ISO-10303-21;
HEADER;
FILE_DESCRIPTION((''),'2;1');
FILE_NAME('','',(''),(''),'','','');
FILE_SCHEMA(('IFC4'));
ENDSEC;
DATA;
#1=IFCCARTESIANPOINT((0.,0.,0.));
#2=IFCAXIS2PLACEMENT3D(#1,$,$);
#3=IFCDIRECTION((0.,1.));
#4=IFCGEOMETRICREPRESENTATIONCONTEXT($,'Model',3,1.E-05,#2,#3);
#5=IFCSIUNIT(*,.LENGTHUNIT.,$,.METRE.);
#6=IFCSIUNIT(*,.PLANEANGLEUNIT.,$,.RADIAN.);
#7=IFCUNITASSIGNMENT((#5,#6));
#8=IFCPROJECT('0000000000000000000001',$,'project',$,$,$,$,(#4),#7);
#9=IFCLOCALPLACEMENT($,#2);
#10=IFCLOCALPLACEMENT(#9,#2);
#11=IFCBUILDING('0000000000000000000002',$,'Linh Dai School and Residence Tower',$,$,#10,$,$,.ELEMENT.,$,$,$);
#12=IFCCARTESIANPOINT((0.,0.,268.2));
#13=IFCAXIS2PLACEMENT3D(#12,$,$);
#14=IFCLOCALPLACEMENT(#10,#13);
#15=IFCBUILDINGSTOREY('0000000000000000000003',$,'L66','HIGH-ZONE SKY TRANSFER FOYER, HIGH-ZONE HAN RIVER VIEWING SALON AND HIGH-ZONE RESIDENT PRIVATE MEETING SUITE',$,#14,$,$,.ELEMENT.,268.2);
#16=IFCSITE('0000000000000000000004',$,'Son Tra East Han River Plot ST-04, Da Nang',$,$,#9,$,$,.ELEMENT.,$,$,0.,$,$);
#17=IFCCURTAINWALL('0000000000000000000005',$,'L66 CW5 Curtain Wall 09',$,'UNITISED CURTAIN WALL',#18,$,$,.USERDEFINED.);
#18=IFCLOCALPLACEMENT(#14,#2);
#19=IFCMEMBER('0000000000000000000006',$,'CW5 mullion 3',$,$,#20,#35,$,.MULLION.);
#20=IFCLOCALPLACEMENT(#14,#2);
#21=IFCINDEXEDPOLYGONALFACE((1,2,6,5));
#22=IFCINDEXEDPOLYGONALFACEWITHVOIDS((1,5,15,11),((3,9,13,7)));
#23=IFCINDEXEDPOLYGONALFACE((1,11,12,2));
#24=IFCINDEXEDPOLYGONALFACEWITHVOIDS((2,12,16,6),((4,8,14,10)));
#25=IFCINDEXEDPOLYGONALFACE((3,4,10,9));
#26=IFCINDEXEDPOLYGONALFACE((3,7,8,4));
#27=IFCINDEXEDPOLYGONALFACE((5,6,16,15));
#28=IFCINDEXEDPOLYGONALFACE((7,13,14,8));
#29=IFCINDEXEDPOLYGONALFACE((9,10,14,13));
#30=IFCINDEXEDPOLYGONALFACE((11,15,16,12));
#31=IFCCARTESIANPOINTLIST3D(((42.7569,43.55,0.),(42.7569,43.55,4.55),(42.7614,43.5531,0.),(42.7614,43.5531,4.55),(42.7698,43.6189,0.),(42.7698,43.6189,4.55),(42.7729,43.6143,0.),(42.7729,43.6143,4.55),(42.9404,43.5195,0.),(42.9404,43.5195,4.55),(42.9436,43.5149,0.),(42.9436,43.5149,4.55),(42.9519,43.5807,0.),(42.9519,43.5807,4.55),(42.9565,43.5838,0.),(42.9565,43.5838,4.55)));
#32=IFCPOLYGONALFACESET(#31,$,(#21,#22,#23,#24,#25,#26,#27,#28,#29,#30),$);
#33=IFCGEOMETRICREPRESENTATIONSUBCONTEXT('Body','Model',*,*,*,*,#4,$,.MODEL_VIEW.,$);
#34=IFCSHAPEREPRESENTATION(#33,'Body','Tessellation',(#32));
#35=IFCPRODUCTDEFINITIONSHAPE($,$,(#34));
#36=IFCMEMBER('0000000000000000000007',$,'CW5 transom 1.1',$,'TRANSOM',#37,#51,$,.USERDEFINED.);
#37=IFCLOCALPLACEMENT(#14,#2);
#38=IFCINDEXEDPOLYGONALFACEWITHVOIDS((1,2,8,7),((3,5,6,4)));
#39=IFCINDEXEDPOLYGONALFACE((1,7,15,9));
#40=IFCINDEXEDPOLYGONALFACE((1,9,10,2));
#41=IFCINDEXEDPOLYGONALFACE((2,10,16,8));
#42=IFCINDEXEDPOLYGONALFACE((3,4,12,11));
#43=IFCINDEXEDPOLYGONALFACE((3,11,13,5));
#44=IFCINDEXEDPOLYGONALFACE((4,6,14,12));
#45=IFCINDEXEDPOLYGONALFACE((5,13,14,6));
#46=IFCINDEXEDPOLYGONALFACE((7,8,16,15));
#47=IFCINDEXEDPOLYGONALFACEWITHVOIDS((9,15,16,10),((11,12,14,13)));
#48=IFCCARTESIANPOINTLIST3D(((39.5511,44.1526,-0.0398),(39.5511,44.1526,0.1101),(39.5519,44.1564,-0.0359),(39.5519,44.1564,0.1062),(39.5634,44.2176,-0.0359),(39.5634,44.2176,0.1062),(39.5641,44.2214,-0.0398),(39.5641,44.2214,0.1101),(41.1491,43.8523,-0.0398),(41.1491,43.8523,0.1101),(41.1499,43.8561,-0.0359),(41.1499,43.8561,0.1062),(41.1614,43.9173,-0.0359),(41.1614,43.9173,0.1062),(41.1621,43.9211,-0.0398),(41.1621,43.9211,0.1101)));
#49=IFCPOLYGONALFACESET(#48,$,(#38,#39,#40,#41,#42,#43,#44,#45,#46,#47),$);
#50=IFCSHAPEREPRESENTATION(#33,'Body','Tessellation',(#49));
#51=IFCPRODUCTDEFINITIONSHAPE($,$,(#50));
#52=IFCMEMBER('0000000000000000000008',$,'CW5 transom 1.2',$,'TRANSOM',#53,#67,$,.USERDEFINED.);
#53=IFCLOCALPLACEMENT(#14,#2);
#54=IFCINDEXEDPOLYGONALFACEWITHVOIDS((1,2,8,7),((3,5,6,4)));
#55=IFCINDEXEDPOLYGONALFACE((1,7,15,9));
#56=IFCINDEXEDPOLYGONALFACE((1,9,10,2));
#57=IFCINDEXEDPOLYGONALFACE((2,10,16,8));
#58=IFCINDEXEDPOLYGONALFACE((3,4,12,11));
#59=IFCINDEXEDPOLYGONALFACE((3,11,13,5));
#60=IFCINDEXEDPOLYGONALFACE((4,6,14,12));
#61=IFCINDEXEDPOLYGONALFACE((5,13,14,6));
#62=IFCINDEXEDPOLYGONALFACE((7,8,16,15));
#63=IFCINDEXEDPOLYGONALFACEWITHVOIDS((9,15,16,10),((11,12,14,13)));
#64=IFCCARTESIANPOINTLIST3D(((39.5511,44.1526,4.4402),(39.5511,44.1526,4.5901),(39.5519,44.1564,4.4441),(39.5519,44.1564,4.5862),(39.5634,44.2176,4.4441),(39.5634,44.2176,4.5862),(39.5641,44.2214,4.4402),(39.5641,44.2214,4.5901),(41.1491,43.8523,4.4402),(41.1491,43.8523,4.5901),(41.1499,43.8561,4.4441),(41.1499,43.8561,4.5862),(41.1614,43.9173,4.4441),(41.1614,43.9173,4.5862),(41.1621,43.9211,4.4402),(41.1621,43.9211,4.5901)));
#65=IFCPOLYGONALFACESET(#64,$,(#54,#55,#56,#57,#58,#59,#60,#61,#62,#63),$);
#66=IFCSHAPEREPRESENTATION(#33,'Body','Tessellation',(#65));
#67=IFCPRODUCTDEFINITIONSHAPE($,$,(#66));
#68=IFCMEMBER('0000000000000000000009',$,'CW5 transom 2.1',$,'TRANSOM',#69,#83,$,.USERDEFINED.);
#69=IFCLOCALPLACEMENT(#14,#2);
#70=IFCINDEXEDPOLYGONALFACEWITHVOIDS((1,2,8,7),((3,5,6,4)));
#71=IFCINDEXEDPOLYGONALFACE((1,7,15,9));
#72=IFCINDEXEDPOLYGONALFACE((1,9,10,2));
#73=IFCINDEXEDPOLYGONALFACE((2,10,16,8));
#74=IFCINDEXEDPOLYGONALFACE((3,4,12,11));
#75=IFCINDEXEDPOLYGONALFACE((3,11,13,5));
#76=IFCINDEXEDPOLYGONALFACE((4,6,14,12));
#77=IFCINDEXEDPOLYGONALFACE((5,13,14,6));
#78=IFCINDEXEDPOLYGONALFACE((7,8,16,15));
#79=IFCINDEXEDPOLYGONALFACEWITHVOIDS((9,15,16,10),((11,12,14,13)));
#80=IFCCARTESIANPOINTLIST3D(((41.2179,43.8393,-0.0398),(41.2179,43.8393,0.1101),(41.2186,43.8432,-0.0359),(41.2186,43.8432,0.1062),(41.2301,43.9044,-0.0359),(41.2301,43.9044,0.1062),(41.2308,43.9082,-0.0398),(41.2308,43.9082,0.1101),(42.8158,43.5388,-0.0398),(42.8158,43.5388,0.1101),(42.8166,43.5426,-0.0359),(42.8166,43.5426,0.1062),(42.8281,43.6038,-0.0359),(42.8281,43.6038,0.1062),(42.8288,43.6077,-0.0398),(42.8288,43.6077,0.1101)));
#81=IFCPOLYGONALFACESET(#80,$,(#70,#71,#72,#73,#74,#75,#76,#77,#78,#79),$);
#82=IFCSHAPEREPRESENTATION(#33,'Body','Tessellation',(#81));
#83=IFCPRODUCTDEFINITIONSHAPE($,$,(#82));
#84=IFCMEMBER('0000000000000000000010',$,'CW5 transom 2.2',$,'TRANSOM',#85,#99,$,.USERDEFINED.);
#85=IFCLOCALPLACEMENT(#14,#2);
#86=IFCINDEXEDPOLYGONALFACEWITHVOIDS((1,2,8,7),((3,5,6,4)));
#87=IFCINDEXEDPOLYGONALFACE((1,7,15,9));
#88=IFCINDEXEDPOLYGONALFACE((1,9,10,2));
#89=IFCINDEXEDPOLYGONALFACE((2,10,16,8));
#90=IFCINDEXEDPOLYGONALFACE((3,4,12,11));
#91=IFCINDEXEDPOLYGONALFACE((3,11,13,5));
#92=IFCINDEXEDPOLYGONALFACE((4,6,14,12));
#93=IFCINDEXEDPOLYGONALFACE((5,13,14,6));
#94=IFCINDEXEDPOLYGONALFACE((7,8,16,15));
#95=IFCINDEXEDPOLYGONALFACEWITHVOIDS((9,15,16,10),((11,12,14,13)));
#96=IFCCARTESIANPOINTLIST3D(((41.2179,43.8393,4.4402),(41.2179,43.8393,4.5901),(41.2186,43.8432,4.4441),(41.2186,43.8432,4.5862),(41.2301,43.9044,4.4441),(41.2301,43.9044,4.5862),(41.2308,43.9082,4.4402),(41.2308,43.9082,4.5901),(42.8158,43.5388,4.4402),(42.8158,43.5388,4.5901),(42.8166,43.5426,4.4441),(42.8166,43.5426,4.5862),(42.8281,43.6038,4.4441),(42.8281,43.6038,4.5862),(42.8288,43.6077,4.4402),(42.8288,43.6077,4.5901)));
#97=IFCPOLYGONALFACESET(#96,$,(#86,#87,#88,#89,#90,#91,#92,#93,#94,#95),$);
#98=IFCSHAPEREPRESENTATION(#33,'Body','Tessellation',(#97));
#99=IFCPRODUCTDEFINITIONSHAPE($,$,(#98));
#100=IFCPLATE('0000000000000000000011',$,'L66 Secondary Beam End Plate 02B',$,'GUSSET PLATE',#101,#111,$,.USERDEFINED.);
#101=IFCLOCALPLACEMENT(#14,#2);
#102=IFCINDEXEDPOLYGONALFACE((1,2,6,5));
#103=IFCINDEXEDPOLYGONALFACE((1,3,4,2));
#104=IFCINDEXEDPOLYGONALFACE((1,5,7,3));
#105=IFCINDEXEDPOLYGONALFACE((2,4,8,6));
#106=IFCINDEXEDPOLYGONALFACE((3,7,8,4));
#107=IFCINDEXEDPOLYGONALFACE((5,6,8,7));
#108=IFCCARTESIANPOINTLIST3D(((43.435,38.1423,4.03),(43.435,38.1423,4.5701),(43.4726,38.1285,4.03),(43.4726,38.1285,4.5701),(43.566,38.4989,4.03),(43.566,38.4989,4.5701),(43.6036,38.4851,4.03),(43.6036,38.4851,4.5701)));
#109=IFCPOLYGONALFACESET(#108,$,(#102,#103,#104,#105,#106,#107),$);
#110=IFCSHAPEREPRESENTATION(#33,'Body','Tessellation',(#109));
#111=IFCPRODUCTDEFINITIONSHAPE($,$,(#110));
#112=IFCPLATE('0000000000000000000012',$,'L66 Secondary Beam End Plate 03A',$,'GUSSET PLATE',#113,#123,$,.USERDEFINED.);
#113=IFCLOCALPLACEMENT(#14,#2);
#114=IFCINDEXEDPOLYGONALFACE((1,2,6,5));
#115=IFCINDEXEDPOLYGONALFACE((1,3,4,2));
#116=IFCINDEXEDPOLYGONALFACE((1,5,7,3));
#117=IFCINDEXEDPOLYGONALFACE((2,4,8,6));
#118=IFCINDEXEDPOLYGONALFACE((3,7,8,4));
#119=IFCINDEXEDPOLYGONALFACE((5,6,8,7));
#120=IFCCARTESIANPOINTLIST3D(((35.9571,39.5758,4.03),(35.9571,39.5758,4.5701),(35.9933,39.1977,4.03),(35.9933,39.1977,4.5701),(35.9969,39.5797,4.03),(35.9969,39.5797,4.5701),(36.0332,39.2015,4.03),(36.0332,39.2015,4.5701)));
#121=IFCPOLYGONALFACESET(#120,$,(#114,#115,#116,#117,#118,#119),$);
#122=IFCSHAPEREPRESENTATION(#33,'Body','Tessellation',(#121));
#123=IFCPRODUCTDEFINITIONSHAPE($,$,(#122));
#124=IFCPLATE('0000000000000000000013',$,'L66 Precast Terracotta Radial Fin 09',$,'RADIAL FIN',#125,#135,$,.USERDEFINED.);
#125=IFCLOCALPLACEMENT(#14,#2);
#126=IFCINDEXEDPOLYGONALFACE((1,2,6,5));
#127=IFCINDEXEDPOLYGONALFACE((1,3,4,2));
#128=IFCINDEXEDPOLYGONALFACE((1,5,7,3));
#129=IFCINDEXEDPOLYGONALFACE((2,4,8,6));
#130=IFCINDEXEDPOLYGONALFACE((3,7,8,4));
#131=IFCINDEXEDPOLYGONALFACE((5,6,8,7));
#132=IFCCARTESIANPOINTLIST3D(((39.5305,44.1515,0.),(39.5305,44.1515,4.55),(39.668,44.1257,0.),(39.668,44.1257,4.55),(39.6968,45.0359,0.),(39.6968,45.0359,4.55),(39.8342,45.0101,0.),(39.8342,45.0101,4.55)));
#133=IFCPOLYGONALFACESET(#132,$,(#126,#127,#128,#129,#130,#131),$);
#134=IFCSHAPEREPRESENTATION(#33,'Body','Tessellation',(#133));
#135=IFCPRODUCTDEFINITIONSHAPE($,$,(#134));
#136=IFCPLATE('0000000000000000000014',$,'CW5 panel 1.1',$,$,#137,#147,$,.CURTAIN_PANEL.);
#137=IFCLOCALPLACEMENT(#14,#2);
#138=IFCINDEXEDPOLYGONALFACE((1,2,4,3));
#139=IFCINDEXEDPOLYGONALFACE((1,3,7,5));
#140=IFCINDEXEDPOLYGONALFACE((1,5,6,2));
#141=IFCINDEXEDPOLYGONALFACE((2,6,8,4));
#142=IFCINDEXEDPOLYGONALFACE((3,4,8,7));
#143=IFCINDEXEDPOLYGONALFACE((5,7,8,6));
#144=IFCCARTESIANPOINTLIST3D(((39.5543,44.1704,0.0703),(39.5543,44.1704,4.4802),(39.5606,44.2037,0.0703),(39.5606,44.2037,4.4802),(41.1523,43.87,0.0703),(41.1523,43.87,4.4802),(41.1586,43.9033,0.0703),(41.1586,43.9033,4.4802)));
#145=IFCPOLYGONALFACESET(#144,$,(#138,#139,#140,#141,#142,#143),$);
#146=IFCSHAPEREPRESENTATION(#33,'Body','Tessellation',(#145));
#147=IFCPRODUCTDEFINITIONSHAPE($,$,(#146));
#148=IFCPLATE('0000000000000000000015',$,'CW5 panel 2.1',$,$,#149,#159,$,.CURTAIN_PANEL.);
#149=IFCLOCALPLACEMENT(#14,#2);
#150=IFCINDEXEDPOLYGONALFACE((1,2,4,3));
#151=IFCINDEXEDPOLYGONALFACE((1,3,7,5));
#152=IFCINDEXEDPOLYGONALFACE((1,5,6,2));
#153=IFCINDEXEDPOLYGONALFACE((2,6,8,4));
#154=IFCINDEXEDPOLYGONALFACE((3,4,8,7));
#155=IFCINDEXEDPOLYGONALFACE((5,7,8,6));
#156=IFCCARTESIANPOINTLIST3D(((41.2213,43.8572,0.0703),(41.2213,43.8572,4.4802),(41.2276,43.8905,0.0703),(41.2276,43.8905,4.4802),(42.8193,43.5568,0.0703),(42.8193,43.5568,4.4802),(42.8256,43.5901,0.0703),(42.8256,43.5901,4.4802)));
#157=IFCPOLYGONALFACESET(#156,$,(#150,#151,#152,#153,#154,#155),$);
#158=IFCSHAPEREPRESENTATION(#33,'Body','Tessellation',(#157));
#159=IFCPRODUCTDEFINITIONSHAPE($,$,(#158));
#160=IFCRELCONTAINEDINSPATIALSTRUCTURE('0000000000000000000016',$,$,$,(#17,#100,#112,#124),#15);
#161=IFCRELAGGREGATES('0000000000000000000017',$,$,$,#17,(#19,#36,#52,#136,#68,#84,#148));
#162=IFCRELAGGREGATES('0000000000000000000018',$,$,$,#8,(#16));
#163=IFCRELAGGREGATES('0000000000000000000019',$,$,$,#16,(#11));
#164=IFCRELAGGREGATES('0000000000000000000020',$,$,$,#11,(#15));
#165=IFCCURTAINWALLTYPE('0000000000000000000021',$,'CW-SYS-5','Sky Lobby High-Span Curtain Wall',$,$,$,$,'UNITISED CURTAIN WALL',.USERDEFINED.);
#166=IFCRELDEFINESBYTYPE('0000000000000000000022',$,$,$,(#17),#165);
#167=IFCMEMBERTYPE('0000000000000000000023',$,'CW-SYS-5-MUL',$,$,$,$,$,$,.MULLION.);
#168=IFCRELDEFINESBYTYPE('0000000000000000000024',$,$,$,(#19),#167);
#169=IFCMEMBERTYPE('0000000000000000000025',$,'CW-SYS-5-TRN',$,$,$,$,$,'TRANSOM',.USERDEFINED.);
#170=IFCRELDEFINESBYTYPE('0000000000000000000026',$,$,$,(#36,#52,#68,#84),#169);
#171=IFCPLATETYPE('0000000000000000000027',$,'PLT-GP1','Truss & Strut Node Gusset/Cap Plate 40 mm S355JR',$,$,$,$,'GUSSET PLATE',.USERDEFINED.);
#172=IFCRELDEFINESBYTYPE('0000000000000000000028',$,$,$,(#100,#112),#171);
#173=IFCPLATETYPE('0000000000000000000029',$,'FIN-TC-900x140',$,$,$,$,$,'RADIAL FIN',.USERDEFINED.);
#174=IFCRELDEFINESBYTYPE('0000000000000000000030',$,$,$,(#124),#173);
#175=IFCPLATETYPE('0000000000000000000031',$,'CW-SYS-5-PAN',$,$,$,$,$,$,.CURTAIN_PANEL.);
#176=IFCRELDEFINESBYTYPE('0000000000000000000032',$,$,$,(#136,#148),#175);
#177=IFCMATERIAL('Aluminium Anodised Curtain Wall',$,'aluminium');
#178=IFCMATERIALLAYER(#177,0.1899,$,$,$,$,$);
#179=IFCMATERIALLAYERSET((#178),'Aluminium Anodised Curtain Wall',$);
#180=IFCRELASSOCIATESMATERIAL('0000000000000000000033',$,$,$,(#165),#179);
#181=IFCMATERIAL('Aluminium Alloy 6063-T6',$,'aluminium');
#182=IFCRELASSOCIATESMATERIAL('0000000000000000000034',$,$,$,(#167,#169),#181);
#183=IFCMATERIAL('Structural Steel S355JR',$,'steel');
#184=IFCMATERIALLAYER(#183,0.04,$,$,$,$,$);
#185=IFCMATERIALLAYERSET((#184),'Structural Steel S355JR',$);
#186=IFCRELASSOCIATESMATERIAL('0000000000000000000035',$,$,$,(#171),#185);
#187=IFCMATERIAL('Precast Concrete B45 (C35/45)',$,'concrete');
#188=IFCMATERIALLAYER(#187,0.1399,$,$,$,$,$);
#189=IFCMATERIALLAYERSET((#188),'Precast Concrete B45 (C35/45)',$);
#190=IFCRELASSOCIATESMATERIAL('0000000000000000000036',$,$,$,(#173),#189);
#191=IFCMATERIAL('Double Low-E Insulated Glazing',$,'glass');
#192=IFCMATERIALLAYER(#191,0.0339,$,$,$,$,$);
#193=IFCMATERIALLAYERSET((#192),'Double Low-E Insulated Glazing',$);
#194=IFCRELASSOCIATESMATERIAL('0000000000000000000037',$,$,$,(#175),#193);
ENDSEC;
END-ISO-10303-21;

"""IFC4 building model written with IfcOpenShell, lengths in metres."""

from ifc_helpers import new_model, si_unit, direction, frame, origin, origin_2d, place, context, subcontext, project, spatial, rectangle, hollow_rectangle, extrude, source, transform, mapped, material, layer, layer_set, material_profile, profile_set, type_object, element, aggregate, save


model = new_model("IFC4")

# Units and contexts
model_context = context("Model", 3, precision=1e-05, world=origin(), true_north=direction((0.0, 1.0)))
body_context = subcontext(model_context, "Body", "Model", "MODEL_VIEW")
ifc_project = project(units=[si_unit("LENGTHUNIT", "METRE"), si_unit("PLANEANGLEUNIT", "RADIAN")], contexts=[model_context])

# Site, building, storey
site_placement = place(None, origin())
site = spatial("IfcSite", under=ifc_project, at=site_placement, Name="Son Tra East Han River Plot ST-04, Da Nang", CompositionType="ELEMENT", RefElevation=0.0)
building_placement = place(site_placement, origin())
building = spatial("IfcBuilding", under=site, at=building_placement, Name="Linh Dai School and Residence Tower", CompositionType="ELEMENT")
storey_placement = place(building_placement, frame((0.0, 0.0, 268.2)))
storey = spatial("IfcBuildingStorey", under=building, at=storey_placement, Name="L66", Description="HIGH-ZONE SKY TRANSFER FOYER, HIGH-ZONE HAN RIVER VIEWING SALON AND HIGH-ZONE RESIDENT PRIVATE MEETING SUITE", CompositionType="ELEMENT", Elevation=268.2)

# Shared definitions
ifc_material_1 = material(Name="Structural Steel S355JR", Category="steel")

# Curtain wall, members
ifc_material_2 = material(Name="Aluminium Anodised Curtain Wall", Category="aluminium")
ifc_layer_1 = layer(ifc_material_2, 0.1899)
ifc_layer_set_1 = layer_set([ifc_layer_1], Name="Aluminium Anodised Curtain Wall")
curtain_wall_type = type_object("IfcCurtainWallType", Name="CW-SYS-5", Description="Sky Lobby High-Span Curtain Wall", ElementType="UNITISED CURTAIN WALL", PredefinedType="USERDEFINED", material=ifc_layer_set_1)
curtain_wall_placement = place(storey_placement, origin())
curtain_wall = element("IfcCurtainWall", 1, at=curtain_wall_placement, inside=storey, type_object=curtain_wall_type, Name="L66 CW5 Curtain Wall 09", ObjectType="UNITISED CURTAIN WALL", PredefinedType="USERDEFINED")
ifc_material_3 = material(Name="Aluminium Alloy 6063-T6", Category="aluminium")
ifc_material_profile_1 = material_profile(ifc_material_3, hollow_rectangle(XDim=0.0701, YDim=0.1899, WallThickness=0.0039, at=origin_2d()), Name="RHS 190x70x4")
ifc_profile_set_1 = profile_set([ifc_material_profile_1], Name="Aluminium Alloy 6063-T6")
member_type_1 = type_object("IfcMemberType", Name="CW-SYS-5-MUL", PredefinedType="MULLION", material=ifc_profile_set_1)
shared_shape_1 = source(origin(), body_context, "Body", "SweptSolid", [
    extrude(hollow_rectangle(XDim=0.0701, YDim=0.1899, WallThickness=0.0039, at=origin_2d()), origin(), (0.0, 0.0, 1.0), 4.55),
])
member_1_placement = place(storey_placement, frame((42.8567, 43.5669, 0.0), z_axis=(0.0, 0.0, 1.0), x_axis=(0.184751, 0.982785, 0.0)))
member_1 = element("IfcMember", 2, at=member_1_placement, type_object=member_type_1, Name="CW5 mullion 3", PredefinedType="MULLION", context=body_context, shape_type="MappedRepresentation", body=[
    mapped(shared_shape_1, transform((0.0, 0.0, 0.0), x_axis=(1.0, 0.0, 0.0), y_axis=(0.0, 1.0, 0.0), z_axis=(0.0, 0.0, 1.0), scale=1.0)),
])
ifc_material_profile_2 = material_profile(ifc_material_3, hollow_rectangle(XDim=0.0701, YDim=0.1499, WallThickness=0.0039, at=origin_2d()), Name="RHS 150x70x4")
ifc_profile_set_2 = profile_set([ifc_material_profile_2], Name="Aluminium Alloy 6063-T6")
member_type_2 = type_object("IfcMemberType", Name="CW-SYS-5-TRN", ElementType="TRANSOM", PredefinedType="USERDEFINED", material=ifc_profile_set_2)
shared_shape_2 = source(origin(), body_context, "Body", "SweptSolid", [
    extrude(hollow_rectangle(XDim=0.0701, YDim=0.1499, WallThickness=0.0039, at=origin_2d()), origin(), (0.0, 0.0, 1.0), 1.626),
])
member_2_placement = place(storey_placement, frame((39.5576, 44.187, 0.0352), z_axis=(0.982796, -0.184697, 0.0), x_axis=(0.184697, 0.982796, 0.0)))
member_2 = element("IfcMember", 3, at=member_2_placement, type_object=member_type_2, Name="CW5 transom 1.1", ObjectType="TRANSOM", PredefinedType="USERDEFINED", context=body_context, shape_type="MappedRepresentation", body=[
    mapped(shared_shape_2, transform((0.0, 0.0, 0.0), x_axis=(1.0, 0.0, 0.0), y_axis=(0.0, 1.0, 0.0), z_axis=(0.0, 0.0, 1.0), scale=1.0)),
])
member_3_placement = place(storey_placement, frame((39.5576, 44.187, 4.5151), z_axis=(0.982796, -0.184697, 0.0), x_axis=(0.184697, 0.982796, 0.0)))
member_3 = element("IfcMember", 4, at=member_3_placement, type_object=member_type_2, Name="CW5 transom 1.2", ObjectType="TRANSOM", PredefinedType="USERDEFINED", context=body_context, shape_type="MappedRepresentation", body=[
    mapped(shared_shape_2, transform((0.0, 0.0, 0.0), x_axis=(1.0, 0.0, 0.0), y_axis=(0.0, 1.0, 0.0), z_axis=(0.0, 0.0, 1.0), scale=1.0)),
])
member_4_placement = place(storey_placement, frame((41.2244, 43.8738, 0.0352), z_axis=(0.982768, -0.184842, 0.0), x_axis=(0.184842, 0.982768, 0.0)))
member_4 = element("IfcMember", 5, at=member_4_placement, type_object=member_type_2, Name="CW5 transom 2.1", ObjectType="TRANSOM", PredefinedType="USERDEFINED", context=body_context, shape_type="MappedRepresentation", body=[
    mapped(shared_shape_2, transform((0.0, 0.0, 0.0), x_axis=(1.0, 0.0, 0.0), y_axis=(0.0, 1.0, 0.0), z_axis=(0.0, 0.0, 1.0), scale=1.0)),
])
member_5_placement = place(storey_placement, frame((41.2244, 43.8738, 4.5151), z_axis=(0.982768, -0.184842, 0.0), x_axis=(0.184842, 0.982768, 0.0)))
member_5 = element("IfcMember", 6, at=member_5_placement, type_object=member_type_2, Name="CW5 transom 2.2", ObjectType="TRANSOM", PredefinedType="USERDEFINED", context=body_context, shape_type="MappedRepresentation", body=[
    mapped(shared_shape_2, transform((0.0, 0.0, 0.0), x_axis=(1.0, 0.0, 0.0), y_axis=(0.0, 1.0, 0.0), z_axis=(0.0, 0.0, 1.0), scale=1.0)),
])

# Plates
ifc_layer_2 = layer(ifc_material_1, 0.04)
ifc_layer_set_2 = layer_set([ifc_layer_2], Name="Structural Steel S355JR")
plate_type_1 = type_object("IfcPlateType", Name="PLT-GP1", Description="Truss & Strut Node Gusset/Cap Plate 40 mm S355JR", ElementType="GUSSET PLATE", PredefinedType="USERDEFINED", material=ifc_layer_set_2)
shared_shape_3 = source(origin(), body_context, "Body", "SweptSolid", [
    extrude(rectangle(XDim=0.04, YDim=0.3799, at=origin_2d()), origin(), (0.0, 0.0, 1.0), 0.54),
])
for number, where, z_axis, x_axis, name in (
    (7, (43.5193, 38.3137, 4.03), (0.0, 0.0, 1.0), (-0.938695, 0.344748, 0.0), "L66 Secondary Beam End Plate 02B"),
    (8, (35.9951, 39.3887, 4.03), (0.0, 0.0, 1.0), (-0.995445, -0.095338, 0.0), "L66 Secondary Beam End Plate 03A"),
):
    element("IfcPlate", number, at=place(storey_placement, frame(where, z_axis=z_axis, x_axis=x_axis)), inside=storey, type_object=plate_type_1, Name=name, ObjectType="GUSSET PLATE", PredefinedType="USERDEFINED", context=body_context, shape_type="MappedRepresentation", body=[
        mapped(shared_shape_3, transform((0.0, 0.0, 0.0), x_axis=(1.0, 0.0, 0.0), y_axis=(0.0, 1.0, 0.0), z_axis=(0.0, 0.0, 1.0), scale=1.0)),
    ])
ifc_material_4 = material(Name="Precast Concrete B45 (C35/45)", Category="concrete")
ifc_layer_3 = layer(ifc_material_4, 0.1399)
ifc_layer_set_3 = layer_set([ifc_layer_3], Name="Precast Concrete B45 (C35/45)")
plate_type_2 = type_object("IfcPlateType", Name="FIN-TC-900x140", ElementType="RADIAL FIN", PredefinedType="USERDEFINED", material=ifc_layer_set_3)
shared_shape_4 = source(origin(), body_context, "Body", "SweptSolid", [
    extrude(rectangle(XDim=0.8999, YDim=0.1399, at=origin_2d()), origin(), (0.0, 0.0, 1.0), 4.55),
])
plate_1_placement = place(storey_placement, frame((39.6824, 44.5808, 0.0), z_axis=(0.0, 0.0, 1.0), x_axis=(0.184751, 0.982785, 0.0)))
element("IfcPlate", 9, at=plate_1_placement, inside=storey, type_object=plate_type_2, Name="L66 Precast Terracotta Radial Fin 09", ObjectType="RADIAL FIN", PredefinedType="USERDEFINED", context=body_context, shape_type="MappedRepresentation", body=[
    mapped(shared_shape_4, transform((0.0, 0.0, 0.0), x_axis=(1.0, 0.0, 0.0), y_axis=(0.0, 1.0, 0.0), z_axis=(0.0, 0.0, 1.0), scale=1.0)),
])

# Plates
ifc_material_5 = material(Name="Double Low-E Insulated Glazing", Category="glass")
ifc_layer_4 = layer(ifc_material_5, 0.0339)
ifc_layer_set_4 = layer_set([ifc_layer_4], Name="Double Low-E Insulated Glazing")
plate_type_3 = type_object("IfcPlateType", Name="CW-SYS-5-PAN", PredefinedType="CURTAIN_PANEL", material=ifc_layer_set_4)
shared_shape_5 = source(origin(), body_context, "Body", "SweptSolid", [
    extrude(rectangle(XDim=1.626, YDim=0.0339, at=origin_2d()), origin(), (0.0, 0.0, 1.0), 4.4099),
])
plate_2_placement = place(storey_placement, frame((40.3564, 44.0369, 0.0703), z_axis=(0.0, 0.0, 1.0), x_axis=(0.982785, -0.184751, 0.0)))
plate_2 = element("IfcPlate", 10, at=plate_2_placement, type_object=plate_type_3, Name="CW5 panel 1.1", PredefinedType="CURTAIN_PANEL", context=body_context, shape_type="MappedRepresentation", body=[
    mapped(shared_shape_5, transform((0.0, 0.0, 0.0), x_axis=(1.0, 0.0, 0.0), y_axis=(0.0, 1.0, 0.0), z_axis=(0.0, 0.0, 1.0), scale=1.0)),
])
plate_3_placement = place(storey_placement, frame((42.0234, 43.7236, 0.0703), z_axis=(0.0, 0.0, 1.0), x_axis=(0.982785, -0.184751, 0.0)))
plate_3 = element("IfcPlate", 11, at=plate_3_placement, type_object=plate_type_3, Name="CW5 panel 2.1", PredefinedType="CURTAIN_PANEL", context=body_context, shape_type="MappedRepresentation", body=[
    mapped(shared_shape_5, transform((0.0, 0.0, 0.0), x_axis=(1.0, 0.0, 0.0), y_axis=(0.0, 1.0, 0.0), z_axis=(0.0, 0.0, 1.0), scale=1.0)),
])
aggregate(curtain_wall, [member_1, member_2, member_3, plate_2, member_4, member_5, plate_3])

save(model, "model.ifc")
